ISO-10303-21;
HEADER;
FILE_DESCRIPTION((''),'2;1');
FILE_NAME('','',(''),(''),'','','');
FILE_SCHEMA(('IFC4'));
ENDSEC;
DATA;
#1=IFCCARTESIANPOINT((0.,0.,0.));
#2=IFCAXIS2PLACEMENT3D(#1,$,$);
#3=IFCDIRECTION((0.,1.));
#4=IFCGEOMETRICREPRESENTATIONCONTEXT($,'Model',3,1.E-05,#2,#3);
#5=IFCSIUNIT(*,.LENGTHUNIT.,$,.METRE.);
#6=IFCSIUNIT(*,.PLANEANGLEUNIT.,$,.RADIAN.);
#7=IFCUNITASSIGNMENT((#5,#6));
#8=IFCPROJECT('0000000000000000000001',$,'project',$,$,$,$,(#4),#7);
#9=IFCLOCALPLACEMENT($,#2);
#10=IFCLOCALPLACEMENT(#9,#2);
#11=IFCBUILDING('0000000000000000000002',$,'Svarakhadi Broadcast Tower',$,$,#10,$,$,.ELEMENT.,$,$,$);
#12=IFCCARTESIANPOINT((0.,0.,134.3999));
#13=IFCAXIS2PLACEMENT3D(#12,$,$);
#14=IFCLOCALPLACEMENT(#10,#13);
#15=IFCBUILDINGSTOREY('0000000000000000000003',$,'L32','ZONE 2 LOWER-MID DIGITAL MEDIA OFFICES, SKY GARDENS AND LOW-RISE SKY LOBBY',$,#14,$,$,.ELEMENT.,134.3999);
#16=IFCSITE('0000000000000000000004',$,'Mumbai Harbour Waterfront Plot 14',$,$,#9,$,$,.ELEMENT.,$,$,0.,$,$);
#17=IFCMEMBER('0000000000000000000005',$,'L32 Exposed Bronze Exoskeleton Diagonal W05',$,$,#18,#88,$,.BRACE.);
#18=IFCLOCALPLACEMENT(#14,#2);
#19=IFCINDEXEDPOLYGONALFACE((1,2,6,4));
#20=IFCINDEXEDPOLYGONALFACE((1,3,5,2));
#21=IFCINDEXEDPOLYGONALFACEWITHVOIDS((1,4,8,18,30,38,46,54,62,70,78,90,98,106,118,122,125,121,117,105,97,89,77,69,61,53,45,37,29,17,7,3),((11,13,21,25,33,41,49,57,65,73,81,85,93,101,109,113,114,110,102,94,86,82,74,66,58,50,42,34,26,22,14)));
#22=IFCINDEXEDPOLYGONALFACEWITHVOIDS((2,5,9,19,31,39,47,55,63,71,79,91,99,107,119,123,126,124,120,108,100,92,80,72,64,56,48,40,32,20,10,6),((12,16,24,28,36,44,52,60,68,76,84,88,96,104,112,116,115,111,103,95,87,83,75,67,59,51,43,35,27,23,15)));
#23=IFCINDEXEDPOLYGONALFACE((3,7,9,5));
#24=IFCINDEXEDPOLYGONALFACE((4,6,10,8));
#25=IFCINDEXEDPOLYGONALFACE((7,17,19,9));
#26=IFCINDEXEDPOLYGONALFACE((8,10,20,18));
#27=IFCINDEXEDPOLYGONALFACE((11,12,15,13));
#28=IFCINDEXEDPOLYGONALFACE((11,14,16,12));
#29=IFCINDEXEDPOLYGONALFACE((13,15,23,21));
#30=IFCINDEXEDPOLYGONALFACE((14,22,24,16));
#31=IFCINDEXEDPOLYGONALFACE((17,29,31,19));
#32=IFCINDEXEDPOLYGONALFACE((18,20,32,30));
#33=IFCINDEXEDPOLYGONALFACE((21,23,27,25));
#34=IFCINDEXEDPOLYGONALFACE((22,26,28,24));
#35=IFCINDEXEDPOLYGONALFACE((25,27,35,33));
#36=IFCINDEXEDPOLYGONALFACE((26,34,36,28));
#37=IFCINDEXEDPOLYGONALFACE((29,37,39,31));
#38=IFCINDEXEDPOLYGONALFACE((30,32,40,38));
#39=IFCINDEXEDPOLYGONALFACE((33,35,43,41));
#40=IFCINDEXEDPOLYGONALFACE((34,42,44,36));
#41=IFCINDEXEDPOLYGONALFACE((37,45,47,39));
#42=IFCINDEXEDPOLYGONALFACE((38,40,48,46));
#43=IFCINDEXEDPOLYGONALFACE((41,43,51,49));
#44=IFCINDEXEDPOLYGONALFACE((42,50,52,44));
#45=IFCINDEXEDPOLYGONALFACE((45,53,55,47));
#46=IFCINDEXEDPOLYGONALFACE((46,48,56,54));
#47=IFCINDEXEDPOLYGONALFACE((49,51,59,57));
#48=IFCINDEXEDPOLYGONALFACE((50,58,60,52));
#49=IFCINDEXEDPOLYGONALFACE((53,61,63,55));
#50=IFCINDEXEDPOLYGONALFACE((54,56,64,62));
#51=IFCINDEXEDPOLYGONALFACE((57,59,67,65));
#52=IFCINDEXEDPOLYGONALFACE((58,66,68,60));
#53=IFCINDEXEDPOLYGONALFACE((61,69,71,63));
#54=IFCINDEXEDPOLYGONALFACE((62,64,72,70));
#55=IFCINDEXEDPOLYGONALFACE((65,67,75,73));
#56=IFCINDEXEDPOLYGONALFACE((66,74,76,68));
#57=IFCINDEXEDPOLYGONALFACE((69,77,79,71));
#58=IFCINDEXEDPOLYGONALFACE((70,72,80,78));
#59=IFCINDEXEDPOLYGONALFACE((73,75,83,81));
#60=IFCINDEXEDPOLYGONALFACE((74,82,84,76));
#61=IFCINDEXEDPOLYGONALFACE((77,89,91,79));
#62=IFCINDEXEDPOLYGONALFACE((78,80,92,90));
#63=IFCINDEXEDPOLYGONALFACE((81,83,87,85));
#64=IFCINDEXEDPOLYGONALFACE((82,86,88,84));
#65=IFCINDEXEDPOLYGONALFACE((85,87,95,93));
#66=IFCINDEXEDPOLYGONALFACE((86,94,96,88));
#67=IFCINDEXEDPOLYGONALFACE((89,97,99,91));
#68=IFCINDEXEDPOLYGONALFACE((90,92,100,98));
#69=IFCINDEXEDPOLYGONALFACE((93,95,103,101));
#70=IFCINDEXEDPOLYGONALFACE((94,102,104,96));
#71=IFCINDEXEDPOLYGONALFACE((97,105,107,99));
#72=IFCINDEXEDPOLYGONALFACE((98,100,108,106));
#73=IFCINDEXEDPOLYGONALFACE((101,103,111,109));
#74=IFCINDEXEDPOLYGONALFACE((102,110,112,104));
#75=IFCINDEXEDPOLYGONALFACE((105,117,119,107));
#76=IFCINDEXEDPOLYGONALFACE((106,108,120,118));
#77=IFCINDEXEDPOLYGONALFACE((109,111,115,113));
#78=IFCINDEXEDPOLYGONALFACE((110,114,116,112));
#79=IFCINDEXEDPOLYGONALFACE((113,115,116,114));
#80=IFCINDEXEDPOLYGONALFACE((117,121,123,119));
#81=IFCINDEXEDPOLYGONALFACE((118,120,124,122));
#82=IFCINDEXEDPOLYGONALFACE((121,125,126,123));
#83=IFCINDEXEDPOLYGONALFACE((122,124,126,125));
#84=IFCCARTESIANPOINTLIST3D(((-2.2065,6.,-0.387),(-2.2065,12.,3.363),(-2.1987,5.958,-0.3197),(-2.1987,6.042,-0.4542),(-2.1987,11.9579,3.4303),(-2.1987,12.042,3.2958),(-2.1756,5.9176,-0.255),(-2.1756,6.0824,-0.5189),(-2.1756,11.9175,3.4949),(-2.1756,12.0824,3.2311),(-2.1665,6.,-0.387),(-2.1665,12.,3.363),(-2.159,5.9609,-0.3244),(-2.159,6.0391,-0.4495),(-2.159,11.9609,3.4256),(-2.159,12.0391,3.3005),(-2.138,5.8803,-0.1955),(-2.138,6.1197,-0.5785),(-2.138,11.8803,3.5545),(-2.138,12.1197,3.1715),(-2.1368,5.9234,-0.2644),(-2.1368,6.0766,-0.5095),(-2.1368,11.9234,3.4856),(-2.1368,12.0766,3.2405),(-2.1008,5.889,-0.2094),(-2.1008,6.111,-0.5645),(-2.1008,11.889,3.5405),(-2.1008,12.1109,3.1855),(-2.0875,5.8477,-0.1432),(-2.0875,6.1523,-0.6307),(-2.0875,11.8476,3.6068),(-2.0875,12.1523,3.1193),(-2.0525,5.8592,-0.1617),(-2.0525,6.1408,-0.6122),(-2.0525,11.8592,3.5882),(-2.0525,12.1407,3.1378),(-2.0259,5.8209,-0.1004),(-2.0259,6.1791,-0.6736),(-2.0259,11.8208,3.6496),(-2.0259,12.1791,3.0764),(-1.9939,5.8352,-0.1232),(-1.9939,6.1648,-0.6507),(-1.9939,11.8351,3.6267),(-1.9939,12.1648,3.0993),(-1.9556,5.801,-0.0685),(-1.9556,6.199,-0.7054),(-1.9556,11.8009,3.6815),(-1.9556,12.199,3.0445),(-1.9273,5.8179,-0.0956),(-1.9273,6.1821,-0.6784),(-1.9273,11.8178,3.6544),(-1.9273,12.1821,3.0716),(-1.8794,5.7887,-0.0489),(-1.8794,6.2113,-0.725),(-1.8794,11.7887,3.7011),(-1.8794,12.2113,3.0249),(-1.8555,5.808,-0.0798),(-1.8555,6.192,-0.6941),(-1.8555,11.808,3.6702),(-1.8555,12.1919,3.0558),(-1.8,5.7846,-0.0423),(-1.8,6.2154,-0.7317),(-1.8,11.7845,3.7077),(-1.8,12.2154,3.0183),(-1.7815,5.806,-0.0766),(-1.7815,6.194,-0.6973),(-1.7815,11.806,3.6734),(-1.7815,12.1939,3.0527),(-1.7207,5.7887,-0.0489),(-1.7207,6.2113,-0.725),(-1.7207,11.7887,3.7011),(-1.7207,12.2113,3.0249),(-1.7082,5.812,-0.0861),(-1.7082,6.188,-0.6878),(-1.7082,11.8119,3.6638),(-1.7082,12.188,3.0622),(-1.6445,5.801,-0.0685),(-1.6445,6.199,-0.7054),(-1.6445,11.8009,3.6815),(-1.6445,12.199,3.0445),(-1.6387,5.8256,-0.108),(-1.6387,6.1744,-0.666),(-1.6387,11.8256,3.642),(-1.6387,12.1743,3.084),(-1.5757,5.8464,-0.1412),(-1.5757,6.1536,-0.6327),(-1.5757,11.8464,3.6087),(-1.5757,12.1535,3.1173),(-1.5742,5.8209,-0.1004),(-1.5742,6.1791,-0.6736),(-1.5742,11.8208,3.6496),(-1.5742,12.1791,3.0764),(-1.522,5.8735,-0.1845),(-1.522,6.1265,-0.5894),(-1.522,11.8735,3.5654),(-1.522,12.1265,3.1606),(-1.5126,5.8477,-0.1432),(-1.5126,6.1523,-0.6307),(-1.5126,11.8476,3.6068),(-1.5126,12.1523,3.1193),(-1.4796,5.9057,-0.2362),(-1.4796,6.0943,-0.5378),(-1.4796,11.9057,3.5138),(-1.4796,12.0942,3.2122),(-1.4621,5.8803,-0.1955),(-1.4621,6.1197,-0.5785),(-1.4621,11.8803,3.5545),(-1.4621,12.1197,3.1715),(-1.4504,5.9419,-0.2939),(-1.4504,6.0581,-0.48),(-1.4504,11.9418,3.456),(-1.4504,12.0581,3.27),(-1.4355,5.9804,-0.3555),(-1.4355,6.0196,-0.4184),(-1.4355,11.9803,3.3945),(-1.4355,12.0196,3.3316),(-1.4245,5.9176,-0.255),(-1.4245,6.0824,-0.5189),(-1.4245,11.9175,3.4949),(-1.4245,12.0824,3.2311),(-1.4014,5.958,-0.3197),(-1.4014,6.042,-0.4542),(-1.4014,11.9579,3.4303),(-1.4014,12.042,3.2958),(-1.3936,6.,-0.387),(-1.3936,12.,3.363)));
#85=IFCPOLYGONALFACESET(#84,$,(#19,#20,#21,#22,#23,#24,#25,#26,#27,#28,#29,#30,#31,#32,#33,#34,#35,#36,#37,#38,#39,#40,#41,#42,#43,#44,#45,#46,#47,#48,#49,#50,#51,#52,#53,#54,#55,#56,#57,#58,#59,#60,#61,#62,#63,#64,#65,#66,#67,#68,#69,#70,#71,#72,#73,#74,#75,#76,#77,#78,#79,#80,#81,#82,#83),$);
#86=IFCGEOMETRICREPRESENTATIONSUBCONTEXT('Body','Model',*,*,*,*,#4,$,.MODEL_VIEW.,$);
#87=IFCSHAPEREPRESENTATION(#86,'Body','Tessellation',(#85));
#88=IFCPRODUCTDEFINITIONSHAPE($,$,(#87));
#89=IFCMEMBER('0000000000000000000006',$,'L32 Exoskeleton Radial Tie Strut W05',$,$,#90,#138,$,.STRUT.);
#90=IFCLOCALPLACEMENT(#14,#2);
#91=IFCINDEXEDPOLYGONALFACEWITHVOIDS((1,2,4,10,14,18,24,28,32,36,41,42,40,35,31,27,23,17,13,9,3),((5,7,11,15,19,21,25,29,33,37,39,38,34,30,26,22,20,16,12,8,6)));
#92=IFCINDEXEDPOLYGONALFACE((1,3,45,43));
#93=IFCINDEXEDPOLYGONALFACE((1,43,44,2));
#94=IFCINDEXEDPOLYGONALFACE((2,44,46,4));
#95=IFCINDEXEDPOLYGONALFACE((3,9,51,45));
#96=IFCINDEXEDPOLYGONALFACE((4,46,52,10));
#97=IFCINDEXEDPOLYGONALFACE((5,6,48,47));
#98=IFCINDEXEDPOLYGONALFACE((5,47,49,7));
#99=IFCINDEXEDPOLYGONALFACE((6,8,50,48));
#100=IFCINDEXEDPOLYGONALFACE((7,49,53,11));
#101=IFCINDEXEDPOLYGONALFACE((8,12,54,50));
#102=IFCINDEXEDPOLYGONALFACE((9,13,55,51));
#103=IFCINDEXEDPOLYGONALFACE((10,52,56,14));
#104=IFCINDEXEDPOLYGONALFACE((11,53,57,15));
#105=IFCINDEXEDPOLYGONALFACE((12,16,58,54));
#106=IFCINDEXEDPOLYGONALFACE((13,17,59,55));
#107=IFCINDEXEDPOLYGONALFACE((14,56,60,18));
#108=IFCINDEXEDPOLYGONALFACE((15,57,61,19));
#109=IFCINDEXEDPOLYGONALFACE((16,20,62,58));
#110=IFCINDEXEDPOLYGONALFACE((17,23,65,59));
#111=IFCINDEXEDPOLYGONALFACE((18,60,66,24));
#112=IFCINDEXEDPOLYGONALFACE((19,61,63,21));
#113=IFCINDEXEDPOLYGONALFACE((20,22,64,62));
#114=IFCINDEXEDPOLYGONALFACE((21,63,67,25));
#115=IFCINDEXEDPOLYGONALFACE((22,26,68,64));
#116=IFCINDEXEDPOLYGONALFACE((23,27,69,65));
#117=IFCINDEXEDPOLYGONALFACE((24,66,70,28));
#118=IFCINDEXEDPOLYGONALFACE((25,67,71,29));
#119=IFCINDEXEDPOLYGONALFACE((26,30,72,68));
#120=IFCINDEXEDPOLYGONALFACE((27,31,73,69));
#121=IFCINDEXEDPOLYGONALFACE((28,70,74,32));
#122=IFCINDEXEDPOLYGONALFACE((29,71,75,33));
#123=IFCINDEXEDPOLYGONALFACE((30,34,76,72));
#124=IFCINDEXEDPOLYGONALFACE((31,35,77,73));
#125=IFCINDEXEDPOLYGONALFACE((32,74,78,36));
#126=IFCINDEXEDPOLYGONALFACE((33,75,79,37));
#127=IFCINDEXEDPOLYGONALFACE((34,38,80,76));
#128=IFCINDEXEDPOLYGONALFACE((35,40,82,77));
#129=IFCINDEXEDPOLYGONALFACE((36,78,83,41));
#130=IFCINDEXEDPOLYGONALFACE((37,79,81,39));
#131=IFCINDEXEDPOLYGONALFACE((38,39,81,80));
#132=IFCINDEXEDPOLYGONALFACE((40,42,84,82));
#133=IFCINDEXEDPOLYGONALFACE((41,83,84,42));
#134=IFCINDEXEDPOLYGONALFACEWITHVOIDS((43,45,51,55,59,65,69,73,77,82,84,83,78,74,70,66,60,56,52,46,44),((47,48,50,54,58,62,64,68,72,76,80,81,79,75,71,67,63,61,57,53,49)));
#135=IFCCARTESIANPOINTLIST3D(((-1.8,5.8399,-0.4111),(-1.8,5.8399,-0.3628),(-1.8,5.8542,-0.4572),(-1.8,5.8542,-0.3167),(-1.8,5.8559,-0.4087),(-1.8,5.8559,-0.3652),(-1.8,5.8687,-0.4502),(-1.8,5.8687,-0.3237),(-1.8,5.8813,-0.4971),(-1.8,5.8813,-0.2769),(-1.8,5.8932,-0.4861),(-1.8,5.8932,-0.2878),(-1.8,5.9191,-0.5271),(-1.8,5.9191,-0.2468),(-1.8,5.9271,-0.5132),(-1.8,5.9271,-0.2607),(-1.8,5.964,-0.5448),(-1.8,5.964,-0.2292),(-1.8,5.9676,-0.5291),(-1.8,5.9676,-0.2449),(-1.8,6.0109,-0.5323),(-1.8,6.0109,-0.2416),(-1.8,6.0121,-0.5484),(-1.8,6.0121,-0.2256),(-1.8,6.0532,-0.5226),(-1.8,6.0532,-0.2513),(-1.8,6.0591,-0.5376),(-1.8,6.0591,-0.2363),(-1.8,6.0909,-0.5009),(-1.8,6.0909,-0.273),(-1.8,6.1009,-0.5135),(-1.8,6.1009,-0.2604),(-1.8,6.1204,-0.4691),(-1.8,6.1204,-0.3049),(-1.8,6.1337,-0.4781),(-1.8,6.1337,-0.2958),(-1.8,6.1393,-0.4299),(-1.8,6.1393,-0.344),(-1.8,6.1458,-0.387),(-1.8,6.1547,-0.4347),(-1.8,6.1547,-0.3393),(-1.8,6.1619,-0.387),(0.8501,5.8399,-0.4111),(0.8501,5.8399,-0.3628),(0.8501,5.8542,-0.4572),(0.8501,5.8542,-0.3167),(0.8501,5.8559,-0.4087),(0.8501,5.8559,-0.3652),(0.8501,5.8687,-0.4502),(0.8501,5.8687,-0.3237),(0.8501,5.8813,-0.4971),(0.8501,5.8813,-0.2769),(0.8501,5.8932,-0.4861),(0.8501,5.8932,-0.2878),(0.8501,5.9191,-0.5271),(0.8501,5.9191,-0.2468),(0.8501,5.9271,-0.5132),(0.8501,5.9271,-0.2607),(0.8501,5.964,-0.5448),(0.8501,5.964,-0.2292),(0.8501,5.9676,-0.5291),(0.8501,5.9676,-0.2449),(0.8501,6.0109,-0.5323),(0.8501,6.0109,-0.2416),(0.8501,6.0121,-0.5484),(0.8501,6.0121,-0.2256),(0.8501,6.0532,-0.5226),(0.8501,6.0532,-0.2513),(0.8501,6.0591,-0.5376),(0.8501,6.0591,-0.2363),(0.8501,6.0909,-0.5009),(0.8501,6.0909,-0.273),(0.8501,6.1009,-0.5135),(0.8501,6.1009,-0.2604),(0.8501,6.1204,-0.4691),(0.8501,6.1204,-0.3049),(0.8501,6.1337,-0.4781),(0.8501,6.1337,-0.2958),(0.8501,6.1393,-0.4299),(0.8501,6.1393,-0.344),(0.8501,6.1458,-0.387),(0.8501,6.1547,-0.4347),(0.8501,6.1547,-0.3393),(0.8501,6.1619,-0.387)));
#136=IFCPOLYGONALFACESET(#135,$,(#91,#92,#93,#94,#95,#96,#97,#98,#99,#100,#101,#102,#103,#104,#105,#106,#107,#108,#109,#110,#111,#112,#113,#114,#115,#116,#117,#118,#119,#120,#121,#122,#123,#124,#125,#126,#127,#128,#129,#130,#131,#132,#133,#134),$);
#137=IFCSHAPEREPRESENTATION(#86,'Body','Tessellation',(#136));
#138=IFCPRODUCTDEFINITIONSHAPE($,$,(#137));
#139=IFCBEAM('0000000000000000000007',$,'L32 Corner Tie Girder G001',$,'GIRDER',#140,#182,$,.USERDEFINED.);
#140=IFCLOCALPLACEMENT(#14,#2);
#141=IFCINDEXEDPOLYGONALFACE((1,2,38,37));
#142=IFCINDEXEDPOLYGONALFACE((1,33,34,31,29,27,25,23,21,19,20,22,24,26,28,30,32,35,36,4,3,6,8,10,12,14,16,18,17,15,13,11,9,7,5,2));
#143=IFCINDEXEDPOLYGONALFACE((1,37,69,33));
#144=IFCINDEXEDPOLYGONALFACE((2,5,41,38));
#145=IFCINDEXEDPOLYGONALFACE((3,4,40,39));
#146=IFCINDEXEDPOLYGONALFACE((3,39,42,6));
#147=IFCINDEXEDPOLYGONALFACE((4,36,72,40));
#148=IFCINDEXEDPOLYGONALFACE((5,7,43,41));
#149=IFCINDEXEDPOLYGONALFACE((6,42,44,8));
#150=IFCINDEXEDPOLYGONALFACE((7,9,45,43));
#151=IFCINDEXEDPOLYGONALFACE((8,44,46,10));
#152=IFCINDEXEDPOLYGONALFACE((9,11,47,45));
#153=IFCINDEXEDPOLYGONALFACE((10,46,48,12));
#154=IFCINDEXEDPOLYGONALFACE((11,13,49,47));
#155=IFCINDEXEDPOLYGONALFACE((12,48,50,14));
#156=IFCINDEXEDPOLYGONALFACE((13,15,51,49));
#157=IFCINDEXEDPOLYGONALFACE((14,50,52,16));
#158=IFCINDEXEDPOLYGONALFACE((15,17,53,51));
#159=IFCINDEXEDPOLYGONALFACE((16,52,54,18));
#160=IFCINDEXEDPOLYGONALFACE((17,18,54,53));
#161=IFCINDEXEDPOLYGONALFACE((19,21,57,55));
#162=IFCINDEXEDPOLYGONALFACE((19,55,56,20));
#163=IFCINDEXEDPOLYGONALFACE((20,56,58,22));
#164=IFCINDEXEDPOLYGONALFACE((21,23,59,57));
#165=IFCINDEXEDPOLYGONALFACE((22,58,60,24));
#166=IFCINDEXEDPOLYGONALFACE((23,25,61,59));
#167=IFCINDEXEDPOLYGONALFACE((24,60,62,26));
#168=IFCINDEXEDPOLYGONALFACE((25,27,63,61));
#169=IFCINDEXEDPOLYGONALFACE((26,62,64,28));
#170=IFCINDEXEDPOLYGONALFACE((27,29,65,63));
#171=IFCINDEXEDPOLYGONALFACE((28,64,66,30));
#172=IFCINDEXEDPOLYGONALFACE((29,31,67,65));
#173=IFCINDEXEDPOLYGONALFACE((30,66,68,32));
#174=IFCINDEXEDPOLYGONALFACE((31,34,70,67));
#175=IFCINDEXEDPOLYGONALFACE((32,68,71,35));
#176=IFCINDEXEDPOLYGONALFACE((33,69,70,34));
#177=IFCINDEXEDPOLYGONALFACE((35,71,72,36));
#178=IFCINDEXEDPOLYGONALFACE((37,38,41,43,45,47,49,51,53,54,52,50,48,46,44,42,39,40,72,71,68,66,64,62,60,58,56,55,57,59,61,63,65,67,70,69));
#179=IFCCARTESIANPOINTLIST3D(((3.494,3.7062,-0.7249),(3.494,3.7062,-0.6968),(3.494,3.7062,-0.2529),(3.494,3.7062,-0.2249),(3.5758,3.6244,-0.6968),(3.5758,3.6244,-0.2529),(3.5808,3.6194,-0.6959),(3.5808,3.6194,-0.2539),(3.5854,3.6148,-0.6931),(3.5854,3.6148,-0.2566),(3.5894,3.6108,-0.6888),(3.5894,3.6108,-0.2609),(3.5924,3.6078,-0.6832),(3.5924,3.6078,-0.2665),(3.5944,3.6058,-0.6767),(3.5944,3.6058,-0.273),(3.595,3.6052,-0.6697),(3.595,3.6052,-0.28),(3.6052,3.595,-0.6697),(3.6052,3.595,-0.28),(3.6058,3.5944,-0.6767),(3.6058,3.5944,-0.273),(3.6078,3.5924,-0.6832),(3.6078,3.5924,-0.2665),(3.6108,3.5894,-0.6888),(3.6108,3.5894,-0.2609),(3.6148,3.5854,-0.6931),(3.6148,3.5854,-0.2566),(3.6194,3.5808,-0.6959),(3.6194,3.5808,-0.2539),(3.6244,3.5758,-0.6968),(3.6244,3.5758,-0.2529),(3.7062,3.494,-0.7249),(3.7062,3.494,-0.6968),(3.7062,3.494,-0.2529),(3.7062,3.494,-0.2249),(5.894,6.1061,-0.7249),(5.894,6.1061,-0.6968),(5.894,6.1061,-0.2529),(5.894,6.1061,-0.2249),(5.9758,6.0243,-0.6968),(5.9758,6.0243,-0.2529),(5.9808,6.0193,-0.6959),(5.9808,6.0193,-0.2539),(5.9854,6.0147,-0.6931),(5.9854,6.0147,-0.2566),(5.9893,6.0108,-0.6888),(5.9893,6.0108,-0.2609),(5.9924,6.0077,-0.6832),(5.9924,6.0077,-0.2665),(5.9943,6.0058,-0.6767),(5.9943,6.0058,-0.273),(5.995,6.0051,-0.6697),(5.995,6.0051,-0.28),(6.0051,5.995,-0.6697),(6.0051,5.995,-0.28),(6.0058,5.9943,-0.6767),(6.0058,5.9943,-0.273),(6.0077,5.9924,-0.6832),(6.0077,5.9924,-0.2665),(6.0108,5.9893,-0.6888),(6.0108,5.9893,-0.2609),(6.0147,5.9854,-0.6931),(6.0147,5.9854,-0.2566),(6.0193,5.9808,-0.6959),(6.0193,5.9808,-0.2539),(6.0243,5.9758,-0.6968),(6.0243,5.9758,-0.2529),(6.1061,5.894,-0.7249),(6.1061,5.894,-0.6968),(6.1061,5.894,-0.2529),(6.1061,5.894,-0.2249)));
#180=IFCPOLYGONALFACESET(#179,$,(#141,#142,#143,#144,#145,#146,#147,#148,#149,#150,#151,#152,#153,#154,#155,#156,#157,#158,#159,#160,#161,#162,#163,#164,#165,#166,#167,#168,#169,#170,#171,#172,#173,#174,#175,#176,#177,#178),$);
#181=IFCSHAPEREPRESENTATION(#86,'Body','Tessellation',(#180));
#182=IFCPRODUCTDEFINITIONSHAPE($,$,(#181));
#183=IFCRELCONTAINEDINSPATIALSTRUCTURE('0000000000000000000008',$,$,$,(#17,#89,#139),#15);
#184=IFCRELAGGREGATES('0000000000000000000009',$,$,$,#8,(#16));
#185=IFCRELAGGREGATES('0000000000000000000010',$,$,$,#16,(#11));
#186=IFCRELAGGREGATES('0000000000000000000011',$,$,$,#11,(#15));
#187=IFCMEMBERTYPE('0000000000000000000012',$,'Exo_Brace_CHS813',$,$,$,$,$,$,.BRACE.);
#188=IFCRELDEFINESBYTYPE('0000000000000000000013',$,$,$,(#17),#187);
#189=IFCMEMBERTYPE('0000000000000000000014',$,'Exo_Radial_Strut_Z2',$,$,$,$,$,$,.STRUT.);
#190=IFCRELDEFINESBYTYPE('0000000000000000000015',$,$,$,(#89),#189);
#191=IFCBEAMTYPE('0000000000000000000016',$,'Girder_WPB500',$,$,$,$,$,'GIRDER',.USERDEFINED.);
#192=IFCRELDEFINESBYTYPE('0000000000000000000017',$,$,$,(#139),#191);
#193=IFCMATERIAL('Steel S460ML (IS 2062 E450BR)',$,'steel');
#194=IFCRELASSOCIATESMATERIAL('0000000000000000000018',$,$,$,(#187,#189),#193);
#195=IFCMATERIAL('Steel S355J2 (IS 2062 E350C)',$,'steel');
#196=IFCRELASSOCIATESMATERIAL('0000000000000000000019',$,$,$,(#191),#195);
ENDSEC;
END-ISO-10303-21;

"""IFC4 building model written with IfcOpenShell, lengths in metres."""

from ifc_helpers import new_model, si_unit, direction, frame, origin, origin_2d, place, context, subcontext, project, spatial, hollow_circle, i_section, extrude, material, material_profile, profile_set, type_object, element, save


model = new_model("IFC4")

# Units and contexts
model_context = context("Model", 3, precision=1e-05, world=origin(), true_north=direction((0.0, 1.0)))
body_context = subcontext(model_context, "Body", "Model", "MODEL_VIEW")
ifc_project = project(units=[si_unit("LENGTHUNIT", "METRE"), si_unit("PLANEANGLEUNIT", "RADIAN")], contexts=[model_context])

# Site, building, storey
site_placement = place(None, origin())
site = spatial("IfcSite", under=ifc_project, at=site_placement, Name="Mumbai Harbour Waterfront Plot 14", CompositionType="ELEMENT", RefElevation=0.0)
building_placement = place(site_placement, origin())
building = spatial("IfcBuilding", under=site, at=building_placement, Name="Svarakhadi Broadcast Tower", CompositionType="ELEMENT")
storey_placement = place(building_placement, frame((0.0, 0.0, 134.3999)))
storey = spatial("IfcBuildingStorey", under=building, at=storey_placement, Name="L32", Description="ZONE 2 LOWER-MID DIGITAL MEDIA OFFICES, SKY GARDENS AND LOW-RISE SKY LOBBY", CompositionType="ELEMENT", Elevation=134.3999)

# Shared definitions
ifc_material_1 = material(Name="Steel S460ML (IS 2062 E450BR)", Category="steel")

# Members
ifc_material_profile_1 = material_profile(ifc_material_1, hollow_circle(Radius=0.4065, WallThickness=0.04, at=origin_2d()), Name="CHS 813x40")
ifc_profile_set_1 = profile_set([ifc_material_profile_1], Name="Steel S460ML (IS 2062 E450BR)")
member_type_1 = type_object("IfcMemberType", Name="Exo_Brace_CHS813", PredefinedType="BRACE", material=ifc_profile_set_1)
member_1_placement = place(storey_placement, frame((-1.8, 6.0, -0.387), z_axis=(0.0, 0.847998, 0.529999), x_axis=(-1.0, 0.0, 0.0)))
element("IfcMember", 1, at=member_1_placement, inside=storey, type_object=member_type_1, Name="L32 Exposed Bronze Exoskeleton Diagonal W05", PredefinedType="BRACE", context=body_context, shape_type="SweptSolid", body=[
    extrude(hollow_circle(Radius=0.4065, WallThickness=0.04, at=origin_2d()), origin(), (0.0, 0.0, 1.0), 7.0754),
])
ifc_material_profile_2 = material_profile(ifc_material_1, hollow_circle(Radius=0.1619, WallThickness=0.0161, at=origin_2d()), Name="CHS 323.9x16")
ifc_profile_set_2 = profile_set([ifc_material_profile_2], Name="Steel S460ML (IS 2062 E450BR)")
member_type_2 = type_object("IfcMemberType", Name="Exo_Radial_Strut_Z2", PredefinedType="STRUT", material=ifc_profile_set_2)
member_2_placement = place(storey_placement, frame((-1.8, 6.0, -0.387), z_axis=(1.0, 0.0, 0.0), x_axis=(0.0, 1.0, 0.0)))
element("IfcMember", 2, at=member_2_placement, inside=storey, type_object=member_type_2, Name="L32 Exoskeleton Radial Tie Strut W05", PredefinedType="STRUT", context=body_context, shape_type="SweptSolid", body=[
    extrude(hollow_circle(Radius=0.1619, WallThickness=0.0161, at=origin_2d()), origin(), (0.0, 0.0, 1.0), 2.6501),
])

# Beam
ifc_material_2 = material(Name="Steel S355J2 (IS 2062 E350C)", Category="steel")
ifc_material_profile_3 = material_profile(ifc_material_2, i_section(OverallWidth=0.3, OverallDepth=0.5, WebThickness=0.0144, FlangeThickness=0.0281, FilletRadius=0.0271, at=origin_2d()), Name="WPB 500x300x187")
ifc_profile_set_3 = profile_set([ifc_material_profile_3], Name="Steel S355J2 (IS 2062 E350C)")
beam_type = type_object("IfcBeamType", Name="Girder_WPB500", ElementType="GIRDER", PredefinedType="USERDEFINED", material=ifc_profile_set_3)
beam_1_placement = place(storey_placement, frame((3.6001, 3.6001, -0.4749), z_axis=(0.707107, 0.707107, 0.0), x_axis=(-0.707107, 0.707107, 0.0)))
element("IfcBeam", 3, at=beam_1_placement, inside=storey, type_object=beam_type, Name="L32 Corner Tie Girder G001", ObjectType="GIRDER", PredefinedType="USERDEFINED", context=body_context, shape_type="SweptSolid", body=[
    extrude(i_section(OverallWidth=0.3, OverallDepth=0.5, WebThickness=0.0144, FlangeThickness=0.0281, FilletRadius=0.0271, at=origin_2d()), origin(), (0.0, 0.0, 1.0), 3.394),
])

save(model, "model.ifc")
